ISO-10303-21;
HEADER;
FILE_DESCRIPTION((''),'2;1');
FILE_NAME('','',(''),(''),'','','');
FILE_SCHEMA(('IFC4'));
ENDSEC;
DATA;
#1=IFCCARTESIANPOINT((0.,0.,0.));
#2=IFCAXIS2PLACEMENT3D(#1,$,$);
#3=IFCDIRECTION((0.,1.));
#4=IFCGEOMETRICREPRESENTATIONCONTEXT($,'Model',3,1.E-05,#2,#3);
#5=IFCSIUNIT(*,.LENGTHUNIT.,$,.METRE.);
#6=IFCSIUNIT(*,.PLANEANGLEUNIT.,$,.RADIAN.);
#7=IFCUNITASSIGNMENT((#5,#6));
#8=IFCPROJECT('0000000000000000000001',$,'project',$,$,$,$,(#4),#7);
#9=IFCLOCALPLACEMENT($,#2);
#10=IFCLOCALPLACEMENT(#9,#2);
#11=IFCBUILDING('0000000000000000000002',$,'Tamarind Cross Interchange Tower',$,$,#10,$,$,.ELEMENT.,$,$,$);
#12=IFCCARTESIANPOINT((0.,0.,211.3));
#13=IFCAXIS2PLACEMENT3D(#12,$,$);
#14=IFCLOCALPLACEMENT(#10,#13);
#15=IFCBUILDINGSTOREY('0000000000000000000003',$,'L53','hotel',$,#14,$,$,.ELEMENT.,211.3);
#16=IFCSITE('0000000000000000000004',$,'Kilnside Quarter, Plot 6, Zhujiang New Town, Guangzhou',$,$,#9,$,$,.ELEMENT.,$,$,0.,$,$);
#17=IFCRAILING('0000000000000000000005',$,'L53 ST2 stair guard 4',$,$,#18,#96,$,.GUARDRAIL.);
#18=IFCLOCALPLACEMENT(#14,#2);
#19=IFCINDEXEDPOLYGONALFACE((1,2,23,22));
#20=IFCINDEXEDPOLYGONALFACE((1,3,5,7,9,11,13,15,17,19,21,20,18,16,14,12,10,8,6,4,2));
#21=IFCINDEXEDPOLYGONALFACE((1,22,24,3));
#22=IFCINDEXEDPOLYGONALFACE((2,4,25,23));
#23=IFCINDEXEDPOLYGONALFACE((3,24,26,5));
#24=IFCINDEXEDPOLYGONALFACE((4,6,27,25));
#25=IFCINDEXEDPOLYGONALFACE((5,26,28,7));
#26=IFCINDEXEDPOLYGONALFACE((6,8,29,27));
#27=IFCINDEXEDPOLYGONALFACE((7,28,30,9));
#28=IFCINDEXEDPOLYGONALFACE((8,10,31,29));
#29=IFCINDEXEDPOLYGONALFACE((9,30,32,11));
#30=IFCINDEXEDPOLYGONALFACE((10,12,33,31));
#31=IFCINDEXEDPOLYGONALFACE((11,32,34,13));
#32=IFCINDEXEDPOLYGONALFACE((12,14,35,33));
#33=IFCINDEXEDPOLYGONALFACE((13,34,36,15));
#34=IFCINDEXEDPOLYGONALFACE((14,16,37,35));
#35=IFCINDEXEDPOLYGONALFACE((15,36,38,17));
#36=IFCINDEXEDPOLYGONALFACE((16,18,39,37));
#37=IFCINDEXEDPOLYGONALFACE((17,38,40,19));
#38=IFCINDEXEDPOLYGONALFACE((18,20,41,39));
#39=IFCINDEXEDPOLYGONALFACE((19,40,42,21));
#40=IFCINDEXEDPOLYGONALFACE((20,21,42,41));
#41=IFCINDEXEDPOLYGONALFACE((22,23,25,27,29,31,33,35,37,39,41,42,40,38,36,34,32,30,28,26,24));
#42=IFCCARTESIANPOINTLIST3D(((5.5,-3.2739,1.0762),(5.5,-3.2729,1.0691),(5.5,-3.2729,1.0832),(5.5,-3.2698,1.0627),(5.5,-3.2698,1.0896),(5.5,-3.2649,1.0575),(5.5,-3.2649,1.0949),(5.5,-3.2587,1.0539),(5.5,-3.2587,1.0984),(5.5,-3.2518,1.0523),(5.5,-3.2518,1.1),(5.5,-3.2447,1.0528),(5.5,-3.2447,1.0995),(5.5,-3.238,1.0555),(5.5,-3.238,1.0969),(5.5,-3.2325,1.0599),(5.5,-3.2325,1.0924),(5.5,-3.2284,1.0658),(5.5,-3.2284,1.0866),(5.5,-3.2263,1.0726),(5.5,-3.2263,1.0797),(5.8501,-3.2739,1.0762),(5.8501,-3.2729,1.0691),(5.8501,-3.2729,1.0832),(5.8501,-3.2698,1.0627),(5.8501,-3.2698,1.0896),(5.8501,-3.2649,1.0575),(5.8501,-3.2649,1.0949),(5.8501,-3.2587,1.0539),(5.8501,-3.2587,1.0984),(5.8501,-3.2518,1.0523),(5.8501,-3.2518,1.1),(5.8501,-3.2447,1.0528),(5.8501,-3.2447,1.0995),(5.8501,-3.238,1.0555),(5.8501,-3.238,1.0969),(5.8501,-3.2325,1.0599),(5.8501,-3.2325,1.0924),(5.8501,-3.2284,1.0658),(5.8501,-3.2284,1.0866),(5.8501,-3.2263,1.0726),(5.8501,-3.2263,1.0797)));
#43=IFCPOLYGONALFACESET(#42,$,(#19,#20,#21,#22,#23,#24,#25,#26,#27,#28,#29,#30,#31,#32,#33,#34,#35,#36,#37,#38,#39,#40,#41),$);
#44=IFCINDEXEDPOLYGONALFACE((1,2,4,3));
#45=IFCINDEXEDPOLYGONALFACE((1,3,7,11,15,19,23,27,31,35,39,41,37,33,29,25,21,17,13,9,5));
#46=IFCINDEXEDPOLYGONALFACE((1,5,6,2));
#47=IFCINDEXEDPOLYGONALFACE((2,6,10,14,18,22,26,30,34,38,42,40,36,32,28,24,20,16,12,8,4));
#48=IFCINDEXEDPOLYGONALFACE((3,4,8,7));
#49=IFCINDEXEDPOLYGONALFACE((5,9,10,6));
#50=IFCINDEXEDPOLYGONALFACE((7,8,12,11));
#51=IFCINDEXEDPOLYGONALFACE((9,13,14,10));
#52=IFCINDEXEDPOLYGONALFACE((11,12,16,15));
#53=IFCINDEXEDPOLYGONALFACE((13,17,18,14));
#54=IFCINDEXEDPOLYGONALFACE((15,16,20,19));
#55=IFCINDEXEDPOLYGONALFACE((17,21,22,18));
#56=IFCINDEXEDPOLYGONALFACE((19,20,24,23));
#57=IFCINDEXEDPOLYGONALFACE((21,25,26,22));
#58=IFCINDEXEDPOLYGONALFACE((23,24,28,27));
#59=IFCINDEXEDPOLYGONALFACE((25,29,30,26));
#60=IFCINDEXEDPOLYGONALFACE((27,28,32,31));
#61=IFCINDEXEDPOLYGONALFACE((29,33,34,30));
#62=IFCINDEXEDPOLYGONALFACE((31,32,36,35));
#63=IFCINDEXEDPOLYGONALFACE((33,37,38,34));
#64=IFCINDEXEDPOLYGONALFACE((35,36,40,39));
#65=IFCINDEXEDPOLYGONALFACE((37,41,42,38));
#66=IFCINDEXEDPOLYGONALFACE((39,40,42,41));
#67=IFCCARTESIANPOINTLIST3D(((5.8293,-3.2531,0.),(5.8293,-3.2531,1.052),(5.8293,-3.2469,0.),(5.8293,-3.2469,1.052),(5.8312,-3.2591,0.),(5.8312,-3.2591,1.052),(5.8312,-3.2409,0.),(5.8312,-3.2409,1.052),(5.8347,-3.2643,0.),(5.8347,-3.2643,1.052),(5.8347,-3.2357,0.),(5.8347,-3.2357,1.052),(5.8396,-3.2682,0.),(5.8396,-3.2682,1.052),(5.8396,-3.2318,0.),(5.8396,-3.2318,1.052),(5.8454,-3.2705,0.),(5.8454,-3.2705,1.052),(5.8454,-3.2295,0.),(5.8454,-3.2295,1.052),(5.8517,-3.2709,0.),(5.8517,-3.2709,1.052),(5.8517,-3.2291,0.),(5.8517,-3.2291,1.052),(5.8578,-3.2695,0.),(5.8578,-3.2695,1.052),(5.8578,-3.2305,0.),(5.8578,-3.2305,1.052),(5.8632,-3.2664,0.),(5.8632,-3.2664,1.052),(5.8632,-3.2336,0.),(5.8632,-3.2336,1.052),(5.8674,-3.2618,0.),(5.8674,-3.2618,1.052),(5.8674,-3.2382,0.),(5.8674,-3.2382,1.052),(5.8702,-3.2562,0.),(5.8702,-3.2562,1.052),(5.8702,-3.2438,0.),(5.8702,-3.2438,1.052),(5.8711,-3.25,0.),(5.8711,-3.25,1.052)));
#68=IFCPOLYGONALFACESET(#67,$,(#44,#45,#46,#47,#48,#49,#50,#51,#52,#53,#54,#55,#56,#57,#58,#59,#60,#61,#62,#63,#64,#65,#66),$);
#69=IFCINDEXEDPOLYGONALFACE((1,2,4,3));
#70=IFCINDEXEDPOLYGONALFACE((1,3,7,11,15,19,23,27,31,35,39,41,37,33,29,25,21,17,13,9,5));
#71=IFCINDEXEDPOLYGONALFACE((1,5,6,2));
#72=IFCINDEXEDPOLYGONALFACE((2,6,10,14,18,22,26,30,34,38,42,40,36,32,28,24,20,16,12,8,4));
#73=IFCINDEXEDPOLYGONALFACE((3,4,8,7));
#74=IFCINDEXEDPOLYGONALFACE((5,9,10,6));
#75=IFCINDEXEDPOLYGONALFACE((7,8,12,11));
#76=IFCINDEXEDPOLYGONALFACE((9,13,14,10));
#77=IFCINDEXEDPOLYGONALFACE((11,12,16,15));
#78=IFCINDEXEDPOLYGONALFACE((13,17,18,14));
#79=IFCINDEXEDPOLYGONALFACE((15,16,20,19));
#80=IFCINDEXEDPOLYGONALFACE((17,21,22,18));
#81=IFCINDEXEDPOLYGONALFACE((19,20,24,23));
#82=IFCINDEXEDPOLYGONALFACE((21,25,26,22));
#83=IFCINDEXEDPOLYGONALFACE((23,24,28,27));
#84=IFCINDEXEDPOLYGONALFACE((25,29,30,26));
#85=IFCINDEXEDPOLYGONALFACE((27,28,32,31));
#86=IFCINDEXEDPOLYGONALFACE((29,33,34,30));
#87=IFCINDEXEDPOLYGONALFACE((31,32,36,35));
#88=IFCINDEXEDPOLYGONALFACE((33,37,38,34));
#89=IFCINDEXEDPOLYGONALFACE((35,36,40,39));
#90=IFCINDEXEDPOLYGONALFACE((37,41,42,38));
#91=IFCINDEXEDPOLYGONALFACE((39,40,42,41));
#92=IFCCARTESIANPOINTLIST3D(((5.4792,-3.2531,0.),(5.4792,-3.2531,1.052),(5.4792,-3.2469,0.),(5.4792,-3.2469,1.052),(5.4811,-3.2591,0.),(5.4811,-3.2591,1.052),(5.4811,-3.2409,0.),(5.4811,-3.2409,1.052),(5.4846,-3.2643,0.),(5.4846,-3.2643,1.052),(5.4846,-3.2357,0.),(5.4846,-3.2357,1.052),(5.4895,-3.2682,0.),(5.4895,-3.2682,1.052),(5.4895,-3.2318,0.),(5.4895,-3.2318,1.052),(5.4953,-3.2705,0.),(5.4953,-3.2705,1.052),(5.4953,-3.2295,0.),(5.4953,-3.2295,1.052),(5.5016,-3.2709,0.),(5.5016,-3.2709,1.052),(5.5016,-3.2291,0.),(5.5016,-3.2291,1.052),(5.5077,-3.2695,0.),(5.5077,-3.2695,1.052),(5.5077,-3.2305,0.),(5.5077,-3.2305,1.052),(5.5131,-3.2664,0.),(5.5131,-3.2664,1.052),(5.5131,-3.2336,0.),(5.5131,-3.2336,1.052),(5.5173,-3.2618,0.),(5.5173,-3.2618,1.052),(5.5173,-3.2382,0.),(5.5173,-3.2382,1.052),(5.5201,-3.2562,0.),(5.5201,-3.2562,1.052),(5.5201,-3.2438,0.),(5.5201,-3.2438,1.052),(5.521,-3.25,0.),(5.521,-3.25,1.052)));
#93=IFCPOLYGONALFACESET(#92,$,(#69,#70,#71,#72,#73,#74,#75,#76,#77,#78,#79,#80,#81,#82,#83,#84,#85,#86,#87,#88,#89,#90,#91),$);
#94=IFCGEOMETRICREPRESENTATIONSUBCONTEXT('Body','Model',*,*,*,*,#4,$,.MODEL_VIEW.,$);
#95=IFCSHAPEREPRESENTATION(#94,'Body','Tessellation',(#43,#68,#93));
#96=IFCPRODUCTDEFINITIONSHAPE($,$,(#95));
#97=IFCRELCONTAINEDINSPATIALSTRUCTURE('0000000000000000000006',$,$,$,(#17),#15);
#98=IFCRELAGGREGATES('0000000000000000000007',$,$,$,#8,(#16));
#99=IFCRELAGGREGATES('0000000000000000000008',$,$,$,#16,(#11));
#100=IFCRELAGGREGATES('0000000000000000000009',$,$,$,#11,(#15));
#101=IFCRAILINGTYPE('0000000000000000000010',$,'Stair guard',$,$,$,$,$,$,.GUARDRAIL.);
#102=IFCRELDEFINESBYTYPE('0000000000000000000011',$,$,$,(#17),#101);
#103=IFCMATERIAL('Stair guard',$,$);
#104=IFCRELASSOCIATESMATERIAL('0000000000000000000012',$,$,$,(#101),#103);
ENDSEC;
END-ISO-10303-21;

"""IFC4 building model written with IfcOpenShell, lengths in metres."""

from ifc_helpers import new_model, si_unit, direction, frame, origin, origin_2d, place, context, subcontext, project, spatial, circle, extrude, material, type_object, element, save


model = new_model("IFC4")

# Units and contexts
model_context = context("Model", 3, precision=1e-05, world=origin(), true_north=direction((0.0, 1.0)))
body_context = subcontext(model_context, "Body", "Model", "MODEL_VIEW")
ifc_project = project(units=[si_unit("LENGTHUNIT", "METRE"), si_unit("PLANEANGLEUNIT", "RADIAN")], contexts=[model_context])

# Site, building, storey
site_placement = place(None, origin())
site = spatial("IfcSite", under=ifc_project, at=site_placement, Name="Kilnside Quarter, Plot 6, Zhujiang New Town, Guangzhou", CompositionType="ELEMENT", RefElevation=0.0)
building_placement = place(site_placement, origin())
building = spatial("IfcBuilding", under=site, at=building_placement, Name="Tamarind Cross Interchange Tower", CompositionType="ELEMENT")
storey_placement = place(building_placement, frame((0.0, 0.0, 211.3)))
storey = spatial("IfcBuildingStorey", under=building, at=storey_placement, Name="L53", Description="hotel", CompositionType="ELEMENT", Elevation=211.3)

# Railing
ifc_material_1 = material(Name="Stair guard")
railing_type_1 = type_object("IfcRailingType", Name="Stair guard", PredefinedType="GUARDRAIL", material=ifc_material_1)
railing_1_placement = place(storey_placement, frame((5.8501, -3.25, 0.0)))
element("IfcRailing", 1, at=railing_1_placement, inside=storey, type_object=railing_type_1, Name="L53 ST2 stair guard 4", PredefinedType="GUARDRAIL", context=body_context, shape_type="SweptSolid", body=[
    extrude(circle(Radius=0.0239, at=origin_2d()), frame((0.0, 0.0, 1.0762), z_axis=(-1.0, 0.0, 0.0), x_axis=(0.0, -1.0, 0.0)), (0.0, 0.0, 1.0), 0.3501),
    extrude(circle(Radius=0.021, at=origin_2d()), origin(), (0.0, 0.0, 1.0), 1.052),
    extrude(circle(Radius=0.021, at=origin_2d()), frame((-0.3501, 0.0, 0.0)), (0.0, 0.0, 1.0), 1.052),
])

save(model, "model.ifc")
